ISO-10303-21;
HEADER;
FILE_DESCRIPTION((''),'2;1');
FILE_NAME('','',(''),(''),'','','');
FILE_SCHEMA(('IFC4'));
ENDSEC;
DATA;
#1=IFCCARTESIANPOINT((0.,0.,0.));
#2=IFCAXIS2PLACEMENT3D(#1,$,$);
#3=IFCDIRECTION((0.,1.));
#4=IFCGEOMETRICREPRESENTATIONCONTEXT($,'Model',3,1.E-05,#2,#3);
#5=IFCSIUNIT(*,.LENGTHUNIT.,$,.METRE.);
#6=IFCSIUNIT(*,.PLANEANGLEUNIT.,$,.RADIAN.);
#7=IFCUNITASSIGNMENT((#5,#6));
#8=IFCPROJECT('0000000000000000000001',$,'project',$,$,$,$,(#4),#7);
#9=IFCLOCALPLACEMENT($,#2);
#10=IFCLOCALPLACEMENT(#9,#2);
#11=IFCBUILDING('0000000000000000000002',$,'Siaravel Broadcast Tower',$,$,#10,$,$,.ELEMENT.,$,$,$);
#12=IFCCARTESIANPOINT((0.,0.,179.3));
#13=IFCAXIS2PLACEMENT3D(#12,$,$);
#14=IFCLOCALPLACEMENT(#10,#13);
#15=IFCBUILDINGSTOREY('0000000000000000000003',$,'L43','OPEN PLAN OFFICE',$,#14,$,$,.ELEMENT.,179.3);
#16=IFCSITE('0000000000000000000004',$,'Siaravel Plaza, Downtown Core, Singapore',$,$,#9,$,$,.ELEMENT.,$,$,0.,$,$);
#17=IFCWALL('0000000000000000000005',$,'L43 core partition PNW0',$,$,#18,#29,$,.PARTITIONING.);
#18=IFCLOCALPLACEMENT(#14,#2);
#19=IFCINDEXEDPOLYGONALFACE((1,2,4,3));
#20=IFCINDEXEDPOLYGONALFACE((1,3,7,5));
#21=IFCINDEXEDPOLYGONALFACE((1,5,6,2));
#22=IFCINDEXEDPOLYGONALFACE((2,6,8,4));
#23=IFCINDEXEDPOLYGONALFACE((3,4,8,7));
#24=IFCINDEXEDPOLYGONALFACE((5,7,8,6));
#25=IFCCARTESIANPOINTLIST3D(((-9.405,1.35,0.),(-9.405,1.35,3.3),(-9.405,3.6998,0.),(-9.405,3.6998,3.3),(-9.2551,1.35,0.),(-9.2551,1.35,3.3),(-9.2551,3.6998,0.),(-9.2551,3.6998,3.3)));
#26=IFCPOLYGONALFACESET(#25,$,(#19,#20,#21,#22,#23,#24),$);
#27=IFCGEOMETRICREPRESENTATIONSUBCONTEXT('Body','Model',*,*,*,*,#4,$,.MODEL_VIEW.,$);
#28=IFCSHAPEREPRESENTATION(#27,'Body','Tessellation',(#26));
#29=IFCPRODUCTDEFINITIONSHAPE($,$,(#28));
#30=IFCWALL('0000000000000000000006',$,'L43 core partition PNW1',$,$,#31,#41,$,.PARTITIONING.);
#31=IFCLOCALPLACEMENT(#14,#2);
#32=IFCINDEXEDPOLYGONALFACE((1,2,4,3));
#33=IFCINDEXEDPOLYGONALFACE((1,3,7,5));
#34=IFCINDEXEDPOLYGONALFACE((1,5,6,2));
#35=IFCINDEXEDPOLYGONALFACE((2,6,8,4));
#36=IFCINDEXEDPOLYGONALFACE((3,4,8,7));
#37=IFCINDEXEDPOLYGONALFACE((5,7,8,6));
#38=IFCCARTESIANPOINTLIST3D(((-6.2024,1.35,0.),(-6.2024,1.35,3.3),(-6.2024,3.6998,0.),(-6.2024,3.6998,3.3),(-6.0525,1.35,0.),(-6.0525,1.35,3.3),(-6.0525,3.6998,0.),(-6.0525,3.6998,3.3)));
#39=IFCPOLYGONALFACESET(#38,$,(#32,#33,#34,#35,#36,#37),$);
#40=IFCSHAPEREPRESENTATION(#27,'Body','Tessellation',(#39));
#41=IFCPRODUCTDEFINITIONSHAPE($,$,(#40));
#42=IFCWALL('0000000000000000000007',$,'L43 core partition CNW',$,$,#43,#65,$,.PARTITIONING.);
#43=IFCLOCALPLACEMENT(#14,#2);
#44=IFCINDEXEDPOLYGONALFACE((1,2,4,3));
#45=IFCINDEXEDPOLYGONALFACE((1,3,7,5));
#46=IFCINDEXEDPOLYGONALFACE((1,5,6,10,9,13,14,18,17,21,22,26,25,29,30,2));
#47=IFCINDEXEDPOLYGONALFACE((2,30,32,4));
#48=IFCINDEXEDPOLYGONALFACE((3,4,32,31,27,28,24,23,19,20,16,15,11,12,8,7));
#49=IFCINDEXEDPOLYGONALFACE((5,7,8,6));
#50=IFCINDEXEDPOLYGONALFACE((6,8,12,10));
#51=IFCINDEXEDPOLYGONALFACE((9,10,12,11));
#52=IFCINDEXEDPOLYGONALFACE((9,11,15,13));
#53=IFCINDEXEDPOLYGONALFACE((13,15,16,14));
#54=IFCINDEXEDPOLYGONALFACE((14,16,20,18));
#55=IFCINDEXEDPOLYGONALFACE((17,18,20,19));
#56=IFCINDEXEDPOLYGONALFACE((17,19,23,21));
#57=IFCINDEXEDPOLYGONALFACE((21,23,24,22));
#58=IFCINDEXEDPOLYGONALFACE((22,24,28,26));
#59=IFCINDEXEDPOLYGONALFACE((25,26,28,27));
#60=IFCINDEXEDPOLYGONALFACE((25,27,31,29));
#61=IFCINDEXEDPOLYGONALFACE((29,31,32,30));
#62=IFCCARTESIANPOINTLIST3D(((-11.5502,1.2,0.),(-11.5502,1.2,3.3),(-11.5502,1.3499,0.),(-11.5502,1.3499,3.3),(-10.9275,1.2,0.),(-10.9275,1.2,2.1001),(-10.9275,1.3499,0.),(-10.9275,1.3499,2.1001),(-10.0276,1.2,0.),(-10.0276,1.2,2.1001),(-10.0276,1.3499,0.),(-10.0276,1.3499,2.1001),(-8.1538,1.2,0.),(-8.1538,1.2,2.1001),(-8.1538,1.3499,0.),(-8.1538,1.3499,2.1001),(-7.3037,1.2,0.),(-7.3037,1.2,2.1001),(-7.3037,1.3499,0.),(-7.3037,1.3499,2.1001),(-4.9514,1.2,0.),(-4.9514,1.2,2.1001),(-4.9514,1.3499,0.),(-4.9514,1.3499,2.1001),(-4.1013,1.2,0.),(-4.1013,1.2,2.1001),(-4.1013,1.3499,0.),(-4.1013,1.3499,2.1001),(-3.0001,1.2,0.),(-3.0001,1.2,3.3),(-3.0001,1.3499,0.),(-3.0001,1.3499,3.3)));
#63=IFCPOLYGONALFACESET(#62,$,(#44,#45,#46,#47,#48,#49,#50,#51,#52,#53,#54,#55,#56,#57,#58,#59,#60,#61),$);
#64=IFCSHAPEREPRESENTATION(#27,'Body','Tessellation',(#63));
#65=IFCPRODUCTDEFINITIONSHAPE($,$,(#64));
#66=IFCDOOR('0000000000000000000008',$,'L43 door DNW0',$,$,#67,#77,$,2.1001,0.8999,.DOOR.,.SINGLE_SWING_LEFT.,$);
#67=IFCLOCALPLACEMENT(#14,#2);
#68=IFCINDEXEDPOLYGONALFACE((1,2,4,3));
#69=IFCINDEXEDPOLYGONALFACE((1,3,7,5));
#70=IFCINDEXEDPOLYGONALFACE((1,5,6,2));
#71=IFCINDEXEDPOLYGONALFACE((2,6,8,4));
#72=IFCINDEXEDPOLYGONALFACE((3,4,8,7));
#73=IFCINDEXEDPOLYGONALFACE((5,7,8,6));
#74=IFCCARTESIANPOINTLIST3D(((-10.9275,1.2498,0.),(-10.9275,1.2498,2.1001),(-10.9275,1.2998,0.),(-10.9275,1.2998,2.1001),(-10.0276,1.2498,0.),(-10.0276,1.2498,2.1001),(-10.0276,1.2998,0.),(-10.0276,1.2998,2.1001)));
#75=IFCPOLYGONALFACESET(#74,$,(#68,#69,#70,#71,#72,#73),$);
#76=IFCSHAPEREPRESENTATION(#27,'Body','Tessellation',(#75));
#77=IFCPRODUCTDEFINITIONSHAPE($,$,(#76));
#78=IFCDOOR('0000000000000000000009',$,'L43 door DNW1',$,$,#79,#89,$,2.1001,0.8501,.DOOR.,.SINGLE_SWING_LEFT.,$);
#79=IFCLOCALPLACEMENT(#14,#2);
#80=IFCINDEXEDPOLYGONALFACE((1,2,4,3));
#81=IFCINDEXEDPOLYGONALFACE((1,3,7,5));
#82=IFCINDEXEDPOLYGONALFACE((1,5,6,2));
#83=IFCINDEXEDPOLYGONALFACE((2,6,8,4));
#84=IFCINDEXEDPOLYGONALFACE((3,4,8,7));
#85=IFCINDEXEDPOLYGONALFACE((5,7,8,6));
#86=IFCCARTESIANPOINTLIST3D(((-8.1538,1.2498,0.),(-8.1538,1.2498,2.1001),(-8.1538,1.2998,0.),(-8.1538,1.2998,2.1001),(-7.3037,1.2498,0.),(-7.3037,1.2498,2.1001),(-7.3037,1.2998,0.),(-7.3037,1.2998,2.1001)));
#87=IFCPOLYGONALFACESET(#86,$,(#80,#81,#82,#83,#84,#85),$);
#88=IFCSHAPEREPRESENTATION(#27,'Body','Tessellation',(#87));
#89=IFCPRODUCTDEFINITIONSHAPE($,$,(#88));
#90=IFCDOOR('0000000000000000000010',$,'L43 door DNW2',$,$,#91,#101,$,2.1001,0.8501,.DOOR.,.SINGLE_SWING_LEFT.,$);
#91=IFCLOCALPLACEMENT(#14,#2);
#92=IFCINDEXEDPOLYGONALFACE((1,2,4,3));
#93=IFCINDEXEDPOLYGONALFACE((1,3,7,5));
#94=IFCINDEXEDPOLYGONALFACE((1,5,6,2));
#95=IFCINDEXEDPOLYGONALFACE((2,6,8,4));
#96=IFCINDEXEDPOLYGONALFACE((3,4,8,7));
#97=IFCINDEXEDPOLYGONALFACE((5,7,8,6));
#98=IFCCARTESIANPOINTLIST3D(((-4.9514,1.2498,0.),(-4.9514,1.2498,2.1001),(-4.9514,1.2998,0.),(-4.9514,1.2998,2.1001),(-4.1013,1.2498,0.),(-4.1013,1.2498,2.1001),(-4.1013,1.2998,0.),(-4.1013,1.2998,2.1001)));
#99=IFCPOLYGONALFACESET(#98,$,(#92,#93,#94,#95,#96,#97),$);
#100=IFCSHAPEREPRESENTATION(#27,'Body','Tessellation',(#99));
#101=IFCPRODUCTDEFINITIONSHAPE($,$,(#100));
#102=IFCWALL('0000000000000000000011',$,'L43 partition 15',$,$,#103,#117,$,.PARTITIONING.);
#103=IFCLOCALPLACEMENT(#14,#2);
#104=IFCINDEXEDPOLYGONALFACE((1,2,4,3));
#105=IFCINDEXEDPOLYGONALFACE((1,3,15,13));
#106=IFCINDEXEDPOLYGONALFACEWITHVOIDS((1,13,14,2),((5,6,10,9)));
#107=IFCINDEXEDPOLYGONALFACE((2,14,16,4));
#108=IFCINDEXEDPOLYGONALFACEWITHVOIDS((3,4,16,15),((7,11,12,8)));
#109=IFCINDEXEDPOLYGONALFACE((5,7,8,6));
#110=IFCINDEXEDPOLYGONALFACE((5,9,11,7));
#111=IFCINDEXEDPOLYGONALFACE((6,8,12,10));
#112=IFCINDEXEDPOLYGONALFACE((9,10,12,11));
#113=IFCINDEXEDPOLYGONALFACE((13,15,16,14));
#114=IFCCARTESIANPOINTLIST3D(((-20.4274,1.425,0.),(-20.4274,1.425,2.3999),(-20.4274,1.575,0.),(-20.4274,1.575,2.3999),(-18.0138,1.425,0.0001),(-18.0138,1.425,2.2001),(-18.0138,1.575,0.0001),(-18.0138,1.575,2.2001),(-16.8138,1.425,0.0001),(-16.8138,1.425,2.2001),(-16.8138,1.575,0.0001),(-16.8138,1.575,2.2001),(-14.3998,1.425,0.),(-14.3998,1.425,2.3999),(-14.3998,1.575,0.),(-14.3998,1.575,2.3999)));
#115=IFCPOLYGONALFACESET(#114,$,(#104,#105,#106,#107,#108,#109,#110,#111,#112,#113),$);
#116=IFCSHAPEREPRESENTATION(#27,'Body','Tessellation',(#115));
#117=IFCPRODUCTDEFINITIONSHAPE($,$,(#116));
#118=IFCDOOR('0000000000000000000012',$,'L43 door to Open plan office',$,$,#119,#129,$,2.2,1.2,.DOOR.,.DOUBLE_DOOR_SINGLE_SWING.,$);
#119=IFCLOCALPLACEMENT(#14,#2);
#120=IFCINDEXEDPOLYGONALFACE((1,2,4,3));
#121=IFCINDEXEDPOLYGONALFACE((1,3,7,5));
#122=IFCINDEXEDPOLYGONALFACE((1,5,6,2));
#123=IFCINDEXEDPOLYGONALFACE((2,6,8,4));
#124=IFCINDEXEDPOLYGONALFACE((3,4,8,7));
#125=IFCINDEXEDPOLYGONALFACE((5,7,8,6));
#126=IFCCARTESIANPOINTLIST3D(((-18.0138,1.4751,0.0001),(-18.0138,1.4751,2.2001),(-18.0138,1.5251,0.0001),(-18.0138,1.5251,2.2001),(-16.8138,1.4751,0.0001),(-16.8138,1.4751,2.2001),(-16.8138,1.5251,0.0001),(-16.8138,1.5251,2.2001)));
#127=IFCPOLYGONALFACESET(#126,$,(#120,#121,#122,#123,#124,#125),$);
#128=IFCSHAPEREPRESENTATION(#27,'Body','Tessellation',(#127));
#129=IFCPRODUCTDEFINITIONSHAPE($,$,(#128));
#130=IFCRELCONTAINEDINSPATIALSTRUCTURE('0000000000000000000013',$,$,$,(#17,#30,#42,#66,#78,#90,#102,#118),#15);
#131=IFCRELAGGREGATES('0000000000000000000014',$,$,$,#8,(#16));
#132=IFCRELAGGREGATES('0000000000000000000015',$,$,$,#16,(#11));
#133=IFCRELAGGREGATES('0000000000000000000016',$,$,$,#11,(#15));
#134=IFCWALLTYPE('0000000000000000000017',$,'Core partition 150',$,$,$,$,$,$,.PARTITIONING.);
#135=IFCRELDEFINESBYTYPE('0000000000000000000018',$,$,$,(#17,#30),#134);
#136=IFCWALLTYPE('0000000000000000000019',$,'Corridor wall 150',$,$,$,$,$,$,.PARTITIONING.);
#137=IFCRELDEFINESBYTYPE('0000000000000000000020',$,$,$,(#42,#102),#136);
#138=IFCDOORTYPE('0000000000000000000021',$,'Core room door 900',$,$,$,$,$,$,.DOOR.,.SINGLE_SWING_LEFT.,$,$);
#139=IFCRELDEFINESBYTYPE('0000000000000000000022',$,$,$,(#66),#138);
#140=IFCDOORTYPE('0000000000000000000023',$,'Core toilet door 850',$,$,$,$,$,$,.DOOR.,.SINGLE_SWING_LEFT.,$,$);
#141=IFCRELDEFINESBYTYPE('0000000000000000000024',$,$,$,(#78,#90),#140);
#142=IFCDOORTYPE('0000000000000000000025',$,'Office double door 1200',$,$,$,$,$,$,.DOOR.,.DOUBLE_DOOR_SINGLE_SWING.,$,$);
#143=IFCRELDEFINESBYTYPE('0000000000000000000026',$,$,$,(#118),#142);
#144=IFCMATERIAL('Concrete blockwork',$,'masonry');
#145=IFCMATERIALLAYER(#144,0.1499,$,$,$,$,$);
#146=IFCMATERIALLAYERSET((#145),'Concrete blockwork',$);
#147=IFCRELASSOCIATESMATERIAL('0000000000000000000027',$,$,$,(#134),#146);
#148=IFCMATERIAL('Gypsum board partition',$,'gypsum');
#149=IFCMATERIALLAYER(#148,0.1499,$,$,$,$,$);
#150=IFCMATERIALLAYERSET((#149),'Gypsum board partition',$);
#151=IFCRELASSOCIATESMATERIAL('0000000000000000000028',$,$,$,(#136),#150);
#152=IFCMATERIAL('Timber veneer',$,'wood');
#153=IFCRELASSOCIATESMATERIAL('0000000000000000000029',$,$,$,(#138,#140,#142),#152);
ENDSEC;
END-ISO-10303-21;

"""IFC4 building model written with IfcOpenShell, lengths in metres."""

from ifc_helpers import new_model, si_unit, direction, frame, frame_2d, origin, place, context, subcontext, project, spatial, rectangle, extrude, material, layer, layer_set, type_object, element, fill, save


model = new_model("IFC4")

# Units and contexts
model_context = context("Model", 3, precision=1e-05, world=origin(), true_north=direction((0.0, 1.0)))
body_context = subcontext(model_context, "Body", "Model", "MODEL_VIEW")
ifc_project = project(units=[si_unit("LENGTHUNIT", "METRE"), si_unit("PLANEANGLEUNIT", "RADIAN")], contexts=[model_context])

# Site, building, storey
site_placement = place(None, origin())
site = spatial("IfcSite", under=ifc_project, at=site_placement, Name="Siaravel Plaza, Downtown Core, Singapore", CompositionType="ELEMENT", RefElevation=0.0)
building_placement = place(site_placement, origin())
building = spatial("IfcBuilding", under=site, at=building_placement, Name="Siaravel Broadcast Tower", CompositionType="ELEMENT")
storey_placement = place(building_placement, frame((0.0, 0.0, 179.3)))
storey = spatial("IfcBuildingStorey", under=building, at=storey_placement, Name="L43", Description="OPEN PLAN OFFICE", CompositionType="ELEMENT", Elevation=179.3)

# Walls
ifc_material_1 = material(Name="Concrete blockwork", Category="masonry")
ifc_layer_1 = layer(ifc_material_1, 0.1499)
ifc_layer_set_1 = layer_set([ifc_layer_1], Name="Concrete blockwork")
wall_type_1 = type_object("IfcWallType", Name="Core partition 150", PredefinedType="PARTITIONING", material=ifc_layer_set_1)
for number, where, z_axis, x_axis, name in (
    (1, (-9.3301, 1.3501, 0.0), (0.0, 0.0, 1.0), (0.0, 1.0, 0.0), "L43 core partition PNW0"),
    (2, (-6.1274, 1.3501, 0.0), (0.0, 0.0, 1.0), (0.0, 1.0, 0.0), "L43 core partition PNW1"),
):
    element("IfcWall", number, at=place(storey_placement, frame(where, z_axis=z_axis, x_axis=x_axis)), inside=storey, type_object=wall_type_1, Name=name, PredefinedType="PARTITIONING", context=body_context, shape_type="SweptSolid", body=[
        extrude(rectangle(XDim=2.3499, YDim=0.1499, at=frame_2d((1.1748, 0.0))), origin(), (0.0, 0.0, 1.0), 3.3),
    ])

# Wall, openings, doors
ifc_material_2 = material(Name="Gypsum board partition", Category="gypsum")
ifc_layer_2 = layer(ifc_material_2, 0.1499)
ifc_layer_set_2 = layer_set([ifc_layer_2], Name="Gypsum board partition")
wall_type_2 = type_object("IfcWallType", Name="Corridor wall 150", PredefinedType="PARTITIONING", material=ifc_layer_set_2)
wall_1_placement = place(storey_placement, frame((-11.55, 1.2749, 0.0), z_axis=(0.0, 0.0, 1.0), x_axis=(1.0, 0.0, 0.0)))
wall_1 = element("IfcWall", 3, at=wall_1_placement, inside=storey, type_object=wall_type_2, Name="L43 core partition CNW", PredefinedType="PARTITIONING", context=body_context, shape_type="SweptSolid", body=[
    extrude(rectangle(XDim=8.55, YDim=0.1499, at=frame_2d((4.2749, 0.0))), origin(), (0.0, 0.0, 1.0), 3.3),
])
opening_1_placement = place(wall_1_placement, frame((0.6226, 0.0, 0.0)))
opening_1 = element("IfcOpeningElement", 4, at=opening_1_placement, cuts=wall_1, PredefinedType="OPENING", context=body_context, shape_type="SweptSolid", body=[
    extrude(rectangle(XDim=0.8999, YDim=2.1001, at=frame_2d((0.45, 1.05))), frame((0.0, 0.085, 0.0), z_axis=(0.0, -1.0, 0.0), x_axis=(1.0, 0.0, 0.0)), (0.0, 0.0, 1.0), 0.1699),
])
opening_2_placement = place(wall_1_placement, frame((3.3962, 0.0, 0.0)))
opening_2 = element("IfcOpeningElement", 5, at=opening_2_placement, cuts=wall_1, PredefinedType="OPENING", context=body_context, shape_type="SweptSolid", body=[
    extrude(rectangle(XDim=0.8501, YDim=2.1001, at=frame_2d((0.425, 1.05))), frame((0.0, 0.085, 0.0), z_axis=(0.0, -1.0, 0.0), x_axis=(1.0, 0.0, 0.0)), (0.0, 0.0, 1.0), 0.1699),
])
opening_3_placement = place(wall_1_placement, frame((6.5986, 0.0, 0.0)))
opening_3 = element("IfcOpeningElement", 6, at=opening_3_placement, cuts=wall_1, PredefinedType="OPENING", context=body_context, shape_type="SweptSolid", body=[
    extrude(rectangle(XDim=0.8501, YDim=2.1001, at=frame_2d((0.425, 1.05))), frame((0.0, 0.085, 0.0), z_axis=(0.0, -1.0, 0.0), x_axis=(1.0, 0.0, 0.0)), (0.0, 0.0, 1.0), 0.1699),
])
ifc_material_3 = material(Name="Timber veneer", Category="wood")
door_type_1 = type_object("IfcDoorType", Name="Core room door 900", OperationType="SINGLE_SWING_LEFT", PredefinedType="DOOR", material=ifc_material_3)
door_1_placement = place(opening_1_placement, origin())
door_1 = element("IfcDoor", 7, at=door_1_placement, inside=storey, type_object=door_type_1, Name="L43 door DNW0", OperationType="SINGLE_SWING_LEFT", OverallHeight=2.1001, OverallWidth=0.8999, PredefinedType="DOOR", context=body_context, shape_type="SweptSolid", body=[
    extrude(rectangle(XDim=0.8999, YDim=2.1001, at=frame_2d((0.45, 1.05))), frame((0.0, 0.0249, 0.0), z_axis=(0.0, -1.0, 0.0), x_axis=(1.0, 0.0, 0.0)), (0.0, 0.0, 1.0), 0.05),
])
fill(opening_1, door_1)
door_type_2 = type_object("IfcDoorType", Name="Core toilet door 850", OperationType="SINGLE_SWING_LEFT", PredefinedType="DOOR", material=ifc_material_3)
door_2_placement = place(opening_2_placement, origin())
door_2 = element("IfcDoor", 8, at=door_2_placement, inside=storey, type_object=door_type_2, Name="L43 door DNW1", OperationType="SINGLE_SWING_LEFT", OverallHeight=2.1001, OverallWidth=0.8501, PredefinedType="DOOR", context=body_context, shape_type="SweptSolid", body=[
    extrude(rectangle(XDim=0.8501, YDim=2.1001, at=frame_2d((0.425, 1.05))), frame((0.0, 0.0249, 0.0), z_axis=(0.0, -1.0, 0.0), x_axis=(1.0, 0.0, 0.0)), (0.0, 0.0, 1.0), 0.05),
])
fill(opening_2, door_2)
door_3_placement = place(opening_3_placement, origin())
door_3 = element("IfcDoor", 9, at=door_3_placement, inside=storey, type_object=door_type_2, Name="L43 door DNW2", OperationType="SINGLE_SWING_LEFT", OverallHeight=2.1001, OverallWidth=0.8501, PredefinedType="DOOR", context=body_context, shape_type="SweptSolid", body=[
    extrude(rectangle(XDim=0.8501, YDim=2.1001, at=frame_2d((0.425, 1.05))), frame((0.0, 0.0249, 0.0), z_axis=(0.0, -1.0, 0.0), x_axis=(1.0, 0.0, 0.0)), (0.0, 0.0, 1.0), 0.05),
])
fill(opening_3, door_3)

# Wall, opening, door
wall_2_placement = place(storey_placement, frame((-14.3999, 1.5, 0.0), z_axis=(0.0, 0.0, 1.0), x_axis=(-1.0, 0.0, 0.0)))
wall_2 = element("IfcWall", 10, at=wall_2_placement, inside=storey, type_object=wall_type_2, Name="L43 partition 15", PredefinedType="PARTITIONING", context=body_context, shape_type="SweptSolid", body=[
    extrude(rectangle(XDim=6.0276, YDim=0.1499, at=frame_2d((3.0137, 0.0))), origin(), (0.0, 0.0, 1.0), 2.3999),
])
opening_4_placement = place(wall_2_placement, frame((2.4138, 0.0, 0.0)))
opening_4 = element("IfcOpeningElement", 11, at=opening_4_placement, cuts=wall_2, PredefinedType="OPENING", context=body_context, shape_type="SweptSolid", body=[
    extrude(rectangle(XDim=1.2, YDim=2.2, at=frame_2d((0.6001, 1.1001))), frame((0.0, 0.085, 0.0), z_axis=(0.0, -1.0, 0.0), x_axis=(1.0, 0.0, 0.0)), (0.0, 0.0, 1.0), 0.1699),
])
door_type_3 = type_object("IfcDoorType", Name="Office double door 1200", OperationType="DOUBLE_DOOR_SINGLE_SWING", PredefinedType="DOOR", material=ifc_material_3)
door_4_placement = place(opening_4_placement, origin())
door_4 = element("IfcDoor", 12, at=door_4_placement, inside=storey, type_object=door_type_3, Name="L43 door to Open plan office", OperationType="DOUBLE_DOOR_SINGLE_SWING", OverallHeight=2.2, OverallWidth=1.2, PredefinedType="DOOR", context=body_context, shape_type="SweptSolid", body=[
    extrude(rectangle(XDim=1.2, YDim=2.2, at=frame_2d((0.6001, 1.1001))), frame((0.0, 0.0249, 0.0), z_axis=(0.0, -1.0, 0.0), x_axis=(1.0, 0.0, 0.0)), (0.0, 0.0, 1.0), 0.05),
])
fill(opening_4, door_4)

save(model, "model.ifc")
